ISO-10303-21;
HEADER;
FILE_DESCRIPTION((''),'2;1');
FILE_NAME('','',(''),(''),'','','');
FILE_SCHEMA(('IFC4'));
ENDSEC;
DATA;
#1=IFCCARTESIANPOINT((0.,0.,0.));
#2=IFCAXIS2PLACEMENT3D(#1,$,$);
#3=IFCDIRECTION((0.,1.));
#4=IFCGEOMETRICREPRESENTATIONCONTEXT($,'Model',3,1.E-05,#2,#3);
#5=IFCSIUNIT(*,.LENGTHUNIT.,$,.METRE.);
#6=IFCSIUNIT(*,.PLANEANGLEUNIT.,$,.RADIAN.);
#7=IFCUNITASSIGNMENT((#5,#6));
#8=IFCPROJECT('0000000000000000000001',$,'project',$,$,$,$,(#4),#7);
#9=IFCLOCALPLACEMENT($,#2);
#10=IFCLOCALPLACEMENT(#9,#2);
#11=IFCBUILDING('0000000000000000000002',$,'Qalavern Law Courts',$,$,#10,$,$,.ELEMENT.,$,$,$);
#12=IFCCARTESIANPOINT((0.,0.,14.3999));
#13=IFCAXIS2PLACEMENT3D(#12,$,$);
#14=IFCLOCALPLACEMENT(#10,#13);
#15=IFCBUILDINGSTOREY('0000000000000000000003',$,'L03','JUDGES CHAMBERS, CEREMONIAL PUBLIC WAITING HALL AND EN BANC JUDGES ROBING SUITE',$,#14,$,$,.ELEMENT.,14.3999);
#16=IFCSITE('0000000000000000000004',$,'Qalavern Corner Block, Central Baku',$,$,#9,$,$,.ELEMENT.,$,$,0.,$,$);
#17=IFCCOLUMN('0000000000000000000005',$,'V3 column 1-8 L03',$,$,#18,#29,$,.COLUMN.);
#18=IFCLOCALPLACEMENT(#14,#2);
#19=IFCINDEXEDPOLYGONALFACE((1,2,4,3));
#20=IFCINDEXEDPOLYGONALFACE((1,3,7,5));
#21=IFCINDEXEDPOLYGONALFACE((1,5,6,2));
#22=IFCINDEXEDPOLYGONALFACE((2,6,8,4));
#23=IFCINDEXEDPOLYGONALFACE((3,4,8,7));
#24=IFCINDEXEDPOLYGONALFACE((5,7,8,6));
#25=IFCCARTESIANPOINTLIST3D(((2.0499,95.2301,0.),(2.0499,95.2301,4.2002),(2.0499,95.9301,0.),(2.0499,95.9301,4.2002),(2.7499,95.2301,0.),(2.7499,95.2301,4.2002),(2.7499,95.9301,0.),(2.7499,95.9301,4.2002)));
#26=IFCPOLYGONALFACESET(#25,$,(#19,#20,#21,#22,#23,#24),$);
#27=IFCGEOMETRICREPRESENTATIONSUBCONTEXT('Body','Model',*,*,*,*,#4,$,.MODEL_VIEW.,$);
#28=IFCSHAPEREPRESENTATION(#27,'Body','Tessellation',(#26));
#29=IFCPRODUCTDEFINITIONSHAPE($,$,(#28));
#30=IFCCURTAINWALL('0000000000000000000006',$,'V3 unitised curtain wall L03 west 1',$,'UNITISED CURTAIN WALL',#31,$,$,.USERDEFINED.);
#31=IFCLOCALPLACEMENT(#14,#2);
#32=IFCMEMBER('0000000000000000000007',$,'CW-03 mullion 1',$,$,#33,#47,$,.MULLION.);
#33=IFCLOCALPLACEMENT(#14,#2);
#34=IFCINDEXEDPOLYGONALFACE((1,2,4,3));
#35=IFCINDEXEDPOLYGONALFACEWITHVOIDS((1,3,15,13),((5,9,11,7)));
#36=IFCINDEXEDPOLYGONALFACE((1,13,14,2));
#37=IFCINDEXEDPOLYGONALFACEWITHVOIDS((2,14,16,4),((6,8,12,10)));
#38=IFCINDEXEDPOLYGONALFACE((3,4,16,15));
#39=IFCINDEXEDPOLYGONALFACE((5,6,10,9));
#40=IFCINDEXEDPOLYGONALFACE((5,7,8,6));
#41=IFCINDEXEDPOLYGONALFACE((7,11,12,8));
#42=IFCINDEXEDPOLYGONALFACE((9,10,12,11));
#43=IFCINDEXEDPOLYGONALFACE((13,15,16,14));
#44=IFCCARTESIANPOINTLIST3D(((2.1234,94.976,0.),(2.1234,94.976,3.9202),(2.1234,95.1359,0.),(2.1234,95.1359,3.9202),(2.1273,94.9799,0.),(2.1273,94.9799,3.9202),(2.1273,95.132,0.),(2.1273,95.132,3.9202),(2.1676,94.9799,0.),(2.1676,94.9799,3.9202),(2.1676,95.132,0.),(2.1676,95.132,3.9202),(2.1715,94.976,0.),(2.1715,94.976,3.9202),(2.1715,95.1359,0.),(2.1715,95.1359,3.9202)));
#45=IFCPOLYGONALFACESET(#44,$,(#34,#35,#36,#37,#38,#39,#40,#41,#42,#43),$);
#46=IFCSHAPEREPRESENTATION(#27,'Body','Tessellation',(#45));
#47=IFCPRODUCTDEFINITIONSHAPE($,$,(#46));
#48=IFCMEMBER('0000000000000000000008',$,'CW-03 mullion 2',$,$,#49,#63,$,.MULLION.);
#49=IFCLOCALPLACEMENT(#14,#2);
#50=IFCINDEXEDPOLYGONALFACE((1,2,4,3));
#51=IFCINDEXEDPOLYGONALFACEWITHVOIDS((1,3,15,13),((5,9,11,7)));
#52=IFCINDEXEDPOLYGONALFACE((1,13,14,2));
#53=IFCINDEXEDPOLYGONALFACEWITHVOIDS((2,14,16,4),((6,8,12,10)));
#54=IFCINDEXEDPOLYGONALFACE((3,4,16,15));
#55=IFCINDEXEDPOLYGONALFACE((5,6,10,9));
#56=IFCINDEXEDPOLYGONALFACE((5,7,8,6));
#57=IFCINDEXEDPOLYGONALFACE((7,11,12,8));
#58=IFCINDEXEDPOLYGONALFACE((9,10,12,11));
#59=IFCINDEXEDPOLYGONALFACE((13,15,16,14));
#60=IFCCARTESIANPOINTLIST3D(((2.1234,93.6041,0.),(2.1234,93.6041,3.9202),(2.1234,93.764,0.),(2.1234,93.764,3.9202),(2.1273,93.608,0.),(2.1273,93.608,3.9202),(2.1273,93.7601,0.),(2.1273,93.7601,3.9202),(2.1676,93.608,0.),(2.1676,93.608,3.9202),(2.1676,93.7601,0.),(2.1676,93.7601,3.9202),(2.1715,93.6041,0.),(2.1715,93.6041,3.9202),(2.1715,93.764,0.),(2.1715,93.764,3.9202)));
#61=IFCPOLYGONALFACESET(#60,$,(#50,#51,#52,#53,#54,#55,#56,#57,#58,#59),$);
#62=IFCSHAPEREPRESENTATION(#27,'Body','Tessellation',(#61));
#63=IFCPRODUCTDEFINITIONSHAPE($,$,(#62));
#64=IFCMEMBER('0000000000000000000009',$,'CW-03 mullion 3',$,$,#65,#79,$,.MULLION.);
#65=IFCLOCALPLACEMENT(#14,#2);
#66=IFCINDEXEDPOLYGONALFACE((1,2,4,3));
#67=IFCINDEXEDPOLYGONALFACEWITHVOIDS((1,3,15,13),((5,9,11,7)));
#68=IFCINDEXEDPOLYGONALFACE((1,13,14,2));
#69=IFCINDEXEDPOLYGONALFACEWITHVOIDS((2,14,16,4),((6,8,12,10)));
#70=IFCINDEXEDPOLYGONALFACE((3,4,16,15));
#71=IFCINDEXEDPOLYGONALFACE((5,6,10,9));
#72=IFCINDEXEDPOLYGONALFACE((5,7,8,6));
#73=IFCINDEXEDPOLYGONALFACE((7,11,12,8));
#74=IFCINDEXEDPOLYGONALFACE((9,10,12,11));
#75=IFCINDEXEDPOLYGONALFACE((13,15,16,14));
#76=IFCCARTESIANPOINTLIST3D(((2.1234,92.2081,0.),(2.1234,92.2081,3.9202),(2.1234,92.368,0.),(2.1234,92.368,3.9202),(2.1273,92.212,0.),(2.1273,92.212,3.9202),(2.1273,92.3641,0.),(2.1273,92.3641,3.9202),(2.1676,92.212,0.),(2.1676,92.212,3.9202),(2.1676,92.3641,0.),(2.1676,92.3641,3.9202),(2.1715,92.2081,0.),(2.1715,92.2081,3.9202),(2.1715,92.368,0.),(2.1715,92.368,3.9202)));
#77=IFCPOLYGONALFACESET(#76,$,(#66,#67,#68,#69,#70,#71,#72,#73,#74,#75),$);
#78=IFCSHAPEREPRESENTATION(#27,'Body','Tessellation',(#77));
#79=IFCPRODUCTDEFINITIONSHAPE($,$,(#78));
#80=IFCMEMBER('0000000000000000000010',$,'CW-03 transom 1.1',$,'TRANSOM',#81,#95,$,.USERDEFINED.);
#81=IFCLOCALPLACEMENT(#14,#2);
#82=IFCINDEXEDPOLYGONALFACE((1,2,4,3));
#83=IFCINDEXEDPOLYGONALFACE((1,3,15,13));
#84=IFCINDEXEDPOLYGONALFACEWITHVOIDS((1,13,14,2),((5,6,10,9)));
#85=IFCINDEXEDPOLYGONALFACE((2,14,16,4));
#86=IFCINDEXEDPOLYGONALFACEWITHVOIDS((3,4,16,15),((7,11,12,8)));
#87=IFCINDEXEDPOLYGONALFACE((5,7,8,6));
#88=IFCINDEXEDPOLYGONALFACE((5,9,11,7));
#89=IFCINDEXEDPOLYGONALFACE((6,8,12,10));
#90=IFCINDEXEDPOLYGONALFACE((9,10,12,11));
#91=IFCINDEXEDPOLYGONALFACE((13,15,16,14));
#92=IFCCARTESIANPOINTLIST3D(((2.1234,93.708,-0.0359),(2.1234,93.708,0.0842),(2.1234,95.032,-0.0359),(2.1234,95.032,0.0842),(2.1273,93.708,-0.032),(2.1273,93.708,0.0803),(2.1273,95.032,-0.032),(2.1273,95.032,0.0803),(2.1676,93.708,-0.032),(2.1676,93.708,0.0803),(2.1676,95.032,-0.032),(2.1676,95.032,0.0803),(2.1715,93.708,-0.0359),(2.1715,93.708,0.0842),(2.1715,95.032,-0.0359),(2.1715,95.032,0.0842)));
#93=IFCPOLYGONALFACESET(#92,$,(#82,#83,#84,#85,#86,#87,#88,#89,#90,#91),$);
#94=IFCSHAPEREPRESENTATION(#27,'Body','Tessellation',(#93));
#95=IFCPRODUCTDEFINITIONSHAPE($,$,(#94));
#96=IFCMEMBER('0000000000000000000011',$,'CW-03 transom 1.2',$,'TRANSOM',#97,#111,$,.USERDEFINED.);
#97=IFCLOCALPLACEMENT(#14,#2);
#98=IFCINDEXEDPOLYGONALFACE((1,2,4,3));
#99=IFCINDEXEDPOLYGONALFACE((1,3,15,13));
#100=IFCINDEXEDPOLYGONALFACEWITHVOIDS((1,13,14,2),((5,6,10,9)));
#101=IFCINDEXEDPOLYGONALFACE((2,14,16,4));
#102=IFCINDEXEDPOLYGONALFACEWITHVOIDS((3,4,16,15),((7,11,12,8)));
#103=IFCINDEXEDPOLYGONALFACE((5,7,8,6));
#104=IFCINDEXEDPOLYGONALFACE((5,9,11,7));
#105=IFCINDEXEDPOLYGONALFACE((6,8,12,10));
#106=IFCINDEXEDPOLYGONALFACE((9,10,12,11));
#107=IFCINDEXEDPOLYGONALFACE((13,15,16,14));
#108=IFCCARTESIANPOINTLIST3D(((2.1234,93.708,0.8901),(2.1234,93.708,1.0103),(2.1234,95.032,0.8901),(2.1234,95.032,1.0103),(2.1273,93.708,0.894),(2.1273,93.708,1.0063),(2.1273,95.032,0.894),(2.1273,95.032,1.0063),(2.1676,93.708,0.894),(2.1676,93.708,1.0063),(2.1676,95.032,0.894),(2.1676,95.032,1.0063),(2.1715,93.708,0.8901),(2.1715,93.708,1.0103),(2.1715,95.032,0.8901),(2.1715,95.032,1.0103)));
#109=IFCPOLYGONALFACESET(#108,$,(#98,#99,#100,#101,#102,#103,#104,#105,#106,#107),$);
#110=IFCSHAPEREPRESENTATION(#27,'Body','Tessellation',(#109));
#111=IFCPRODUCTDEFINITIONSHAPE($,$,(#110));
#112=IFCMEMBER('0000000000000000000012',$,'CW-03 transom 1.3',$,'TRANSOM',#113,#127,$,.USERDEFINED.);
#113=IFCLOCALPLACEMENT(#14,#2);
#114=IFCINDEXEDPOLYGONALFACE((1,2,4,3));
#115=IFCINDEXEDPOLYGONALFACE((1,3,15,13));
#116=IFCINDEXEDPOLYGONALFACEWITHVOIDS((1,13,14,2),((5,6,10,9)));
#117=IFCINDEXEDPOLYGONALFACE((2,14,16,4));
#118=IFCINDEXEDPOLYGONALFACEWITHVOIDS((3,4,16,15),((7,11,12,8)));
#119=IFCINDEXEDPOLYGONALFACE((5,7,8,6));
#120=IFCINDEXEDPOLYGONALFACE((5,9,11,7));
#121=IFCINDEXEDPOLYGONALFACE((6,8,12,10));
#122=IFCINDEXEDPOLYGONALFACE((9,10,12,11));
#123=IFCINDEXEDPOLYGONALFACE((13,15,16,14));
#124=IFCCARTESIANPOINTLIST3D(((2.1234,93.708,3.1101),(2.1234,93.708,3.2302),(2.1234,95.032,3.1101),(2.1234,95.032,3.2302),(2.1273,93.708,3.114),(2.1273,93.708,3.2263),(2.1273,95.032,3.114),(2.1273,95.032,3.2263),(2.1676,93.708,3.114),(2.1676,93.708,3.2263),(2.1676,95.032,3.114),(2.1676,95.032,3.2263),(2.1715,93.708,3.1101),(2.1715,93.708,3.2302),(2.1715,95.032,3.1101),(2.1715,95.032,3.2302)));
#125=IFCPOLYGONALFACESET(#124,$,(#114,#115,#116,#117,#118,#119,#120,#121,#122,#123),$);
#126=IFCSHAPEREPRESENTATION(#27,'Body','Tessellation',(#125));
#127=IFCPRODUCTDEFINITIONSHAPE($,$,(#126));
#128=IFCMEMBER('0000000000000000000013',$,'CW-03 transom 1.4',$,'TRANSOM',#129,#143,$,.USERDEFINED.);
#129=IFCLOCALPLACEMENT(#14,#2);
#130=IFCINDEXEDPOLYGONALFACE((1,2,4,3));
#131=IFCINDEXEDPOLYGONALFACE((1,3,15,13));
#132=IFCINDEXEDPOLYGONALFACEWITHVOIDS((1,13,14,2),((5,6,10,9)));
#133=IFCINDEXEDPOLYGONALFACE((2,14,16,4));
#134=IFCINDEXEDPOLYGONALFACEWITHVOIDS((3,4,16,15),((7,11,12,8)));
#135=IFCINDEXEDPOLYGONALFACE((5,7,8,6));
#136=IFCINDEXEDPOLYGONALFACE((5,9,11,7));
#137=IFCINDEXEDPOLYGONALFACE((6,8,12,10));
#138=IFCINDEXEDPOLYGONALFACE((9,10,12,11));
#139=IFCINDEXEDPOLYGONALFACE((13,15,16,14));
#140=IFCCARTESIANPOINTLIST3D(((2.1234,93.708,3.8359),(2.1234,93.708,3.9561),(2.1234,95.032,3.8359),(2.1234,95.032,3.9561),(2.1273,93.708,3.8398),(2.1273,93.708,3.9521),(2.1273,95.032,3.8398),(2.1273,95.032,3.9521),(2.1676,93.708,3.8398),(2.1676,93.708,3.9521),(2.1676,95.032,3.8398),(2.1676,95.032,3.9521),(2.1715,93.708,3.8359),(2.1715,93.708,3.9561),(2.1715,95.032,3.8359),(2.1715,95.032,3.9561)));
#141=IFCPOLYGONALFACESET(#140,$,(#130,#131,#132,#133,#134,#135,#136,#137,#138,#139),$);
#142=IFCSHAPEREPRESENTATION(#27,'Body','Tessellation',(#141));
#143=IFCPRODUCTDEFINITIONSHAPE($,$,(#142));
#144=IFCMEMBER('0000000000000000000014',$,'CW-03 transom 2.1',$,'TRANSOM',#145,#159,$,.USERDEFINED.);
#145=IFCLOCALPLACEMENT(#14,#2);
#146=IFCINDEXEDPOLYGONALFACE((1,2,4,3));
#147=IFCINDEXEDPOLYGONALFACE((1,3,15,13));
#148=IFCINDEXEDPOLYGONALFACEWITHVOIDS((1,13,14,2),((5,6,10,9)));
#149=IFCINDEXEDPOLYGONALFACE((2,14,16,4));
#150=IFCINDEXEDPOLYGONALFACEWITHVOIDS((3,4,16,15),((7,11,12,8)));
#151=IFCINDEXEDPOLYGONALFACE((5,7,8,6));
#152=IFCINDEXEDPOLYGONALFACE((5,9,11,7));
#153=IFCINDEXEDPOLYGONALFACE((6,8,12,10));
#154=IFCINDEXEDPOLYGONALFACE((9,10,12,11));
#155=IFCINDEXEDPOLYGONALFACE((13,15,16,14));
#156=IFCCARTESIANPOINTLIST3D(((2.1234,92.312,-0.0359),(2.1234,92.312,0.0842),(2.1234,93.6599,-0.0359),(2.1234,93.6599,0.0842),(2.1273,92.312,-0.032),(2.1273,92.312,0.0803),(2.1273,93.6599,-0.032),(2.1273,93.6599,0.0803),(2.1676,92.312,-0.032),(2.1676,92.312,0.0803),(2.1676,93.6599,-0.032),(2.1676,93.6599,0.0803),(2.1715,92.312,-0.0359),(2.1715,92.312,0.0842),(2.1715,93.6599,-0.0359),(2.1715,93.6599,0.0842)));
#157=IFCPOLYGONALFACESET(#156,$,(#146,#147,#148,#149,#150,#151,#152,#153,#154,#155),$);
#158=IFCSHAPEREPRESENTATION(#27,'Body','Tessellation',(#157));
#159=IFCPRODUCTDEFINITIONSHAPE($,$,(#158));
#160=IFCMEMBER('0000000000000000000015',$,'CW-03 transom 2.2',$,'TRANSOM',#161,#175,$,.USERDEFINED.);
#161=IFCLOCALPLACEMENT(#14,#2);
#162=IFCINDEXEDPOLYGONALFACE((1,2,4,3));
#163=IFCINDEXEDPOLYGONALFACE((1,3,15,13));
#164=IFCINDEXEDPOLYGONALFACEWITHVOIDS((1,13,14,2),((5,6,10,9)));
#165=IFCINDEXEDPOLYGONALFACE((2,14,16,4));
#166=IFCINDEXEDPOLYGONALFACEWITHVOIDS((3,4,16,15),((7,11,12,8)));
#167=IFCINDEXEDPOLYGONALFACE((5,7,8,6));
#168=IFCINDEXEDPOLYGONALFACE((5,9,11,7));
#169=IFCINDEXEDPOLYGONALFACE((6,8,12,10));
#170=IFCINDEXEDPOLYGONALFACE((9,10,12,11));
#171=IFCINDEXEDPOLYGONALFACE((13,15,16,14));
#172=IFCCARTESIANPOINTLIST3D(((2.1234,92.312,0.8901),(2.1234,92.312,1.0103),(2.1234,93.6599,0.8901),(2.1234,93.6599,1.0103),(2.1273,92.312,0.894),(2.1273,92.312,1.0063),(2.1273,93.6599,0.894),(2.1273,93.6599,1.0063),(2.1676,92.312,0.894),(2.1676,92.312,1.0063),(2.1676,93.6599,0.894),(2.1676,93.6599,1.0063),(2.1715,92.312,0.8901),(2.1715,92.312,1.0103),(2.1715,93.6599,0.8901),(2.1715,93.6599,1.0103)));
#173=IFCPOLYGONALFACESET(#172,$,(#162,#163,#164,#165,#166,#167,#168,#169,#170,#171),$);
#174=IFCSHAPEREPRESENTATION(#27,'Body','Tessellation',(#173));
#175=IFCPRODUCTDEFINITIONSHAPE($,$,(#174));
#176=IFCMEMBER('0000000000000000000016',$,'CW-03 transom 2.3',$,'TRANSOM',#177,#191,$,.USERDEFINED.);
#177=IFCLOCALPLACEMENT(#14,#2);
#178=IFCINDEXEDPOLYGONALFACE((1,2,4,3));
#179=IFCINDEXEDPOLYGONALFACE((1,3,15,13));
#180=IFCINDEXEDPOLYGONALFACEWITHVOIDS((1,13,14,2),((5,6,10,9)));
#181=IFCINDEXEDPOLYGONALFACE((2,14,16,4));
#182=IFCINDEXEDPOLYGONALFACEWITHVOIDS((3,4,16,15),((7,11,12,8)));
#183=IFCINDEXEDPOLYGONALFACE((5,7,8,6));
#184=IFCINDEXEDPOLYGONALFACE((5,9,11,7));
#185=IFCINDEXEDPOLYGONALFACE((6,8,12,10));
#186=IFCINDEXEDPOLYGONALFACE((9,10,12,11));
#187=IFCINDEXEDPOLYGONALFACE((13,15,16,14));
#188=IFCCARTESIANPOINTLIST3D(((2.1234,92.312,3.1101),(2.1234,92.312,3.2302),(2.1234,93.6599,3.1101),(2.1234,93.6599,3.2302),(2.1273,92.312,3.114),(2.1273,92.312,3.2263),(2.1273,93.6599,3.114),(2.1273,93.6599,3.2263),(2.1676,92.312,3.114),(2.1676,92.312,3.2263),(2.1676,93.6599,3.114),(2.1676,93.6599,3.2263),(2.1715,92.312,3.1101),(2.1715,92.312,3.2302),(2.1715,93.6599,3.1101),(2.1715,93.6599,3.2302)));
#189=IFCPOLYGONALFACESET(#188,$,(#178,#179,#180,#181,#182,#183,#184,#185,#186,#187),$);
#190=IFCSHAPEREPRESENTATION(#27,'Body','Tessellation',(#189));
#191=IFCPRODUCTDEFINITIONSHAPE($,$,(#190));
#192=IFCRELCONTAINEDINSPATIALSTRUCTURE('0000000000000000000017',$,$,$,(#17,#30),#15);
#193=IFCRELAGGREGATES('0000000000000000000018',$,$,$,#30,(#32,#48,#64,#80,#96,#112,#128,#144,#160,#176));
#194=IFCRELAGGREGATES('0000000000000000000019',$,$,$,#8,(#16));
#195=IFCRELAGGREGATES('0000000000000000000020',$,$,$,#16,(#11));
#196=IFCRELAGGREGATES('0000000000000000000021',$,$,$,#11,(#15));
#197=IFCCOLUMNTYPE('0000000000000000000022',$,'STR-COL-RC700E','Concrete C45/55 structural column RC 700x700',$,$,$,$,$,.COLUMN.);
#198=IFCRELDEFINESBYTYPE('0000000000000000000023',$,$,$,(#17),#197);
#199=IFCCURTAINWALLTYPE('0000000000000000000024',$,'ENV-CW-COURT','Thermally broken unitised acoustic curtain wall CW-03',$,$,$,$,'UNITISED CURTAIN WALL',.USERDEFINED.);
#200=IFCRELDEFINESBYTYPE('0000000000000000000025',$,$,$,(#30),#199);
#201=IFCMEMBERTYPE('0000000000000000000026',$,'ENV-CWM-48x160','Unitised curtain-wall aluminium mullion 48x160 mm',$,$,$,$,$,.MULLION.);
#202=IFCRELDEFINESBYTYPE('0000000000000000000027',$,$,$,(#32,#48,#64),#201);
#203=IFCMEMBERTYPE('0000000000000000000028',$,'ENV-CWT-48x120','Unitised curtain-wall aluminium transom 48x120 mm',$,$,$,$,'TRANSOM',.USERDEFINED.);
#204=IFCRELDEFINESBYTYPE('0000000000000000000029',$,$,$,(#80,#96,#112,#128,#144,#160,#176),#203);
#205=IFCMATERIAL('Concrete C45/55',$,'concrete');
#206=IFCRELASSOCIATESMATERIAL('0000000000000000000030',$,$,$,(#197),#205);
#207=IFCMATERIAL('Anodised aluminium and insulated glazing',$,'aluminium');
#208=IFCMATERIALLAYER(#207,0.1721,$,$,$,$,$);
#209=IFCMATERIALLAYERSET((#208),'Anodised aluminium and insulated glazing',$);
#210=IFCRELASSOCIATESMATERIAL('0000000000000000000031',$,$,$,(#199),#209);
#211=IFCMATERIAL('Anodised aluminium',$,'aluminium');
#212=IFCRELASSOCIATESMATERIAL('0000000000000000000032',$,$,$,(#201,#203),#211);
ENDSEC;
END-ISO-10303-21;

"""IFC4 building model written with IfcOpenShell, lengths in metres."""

from ifc_helpers import new_model, si_unit, direction, frame, origin, origin_2d, place, context, subcontext, project, spatial, rectangle, hollow_rectangle, extrude, material, layer, layer_set, material_profile, profile_set, type_object, element, aggregate, save


model = new_model("IFC4")

# Units and contexts
model_context = context("Model", 3, precision=1e-05, world=origin(), true_north=direction((0.0, 1.0)))
body_context = subcontext(model_context, "Body", "Model", "MODEL_VIEW")
ifc_project = project(units=[si_unit("LENGTHUNIT", "METRE"), si_unit("PLANEANGLEUNIT", "RADIAN")], contexts=[model_context])

# Site, building, storey
site_placement = place(None, origin())
site = spatial("IfcSite", under=ifc_project, at=site_placement, Name="Qalavern Corner Block, Central Baku", CompositionType="ELEMENT", RefElevation=0.0)
building_placement = place(site_placement, origin())
building = spatial("IfcBuilding", under=site, at=building_placement, Name="Qalavern Law Courts", CompositionType="ELEMENT")
storey_placement = place(building_placement, frame((0.0, 0.0, 14.3999)))
storey = spatial("IfcBuildingStorey", under=building, at=storey_placement, Name="L03", Description="JUDGES CHAMBERS, CEREMONIAL PUBLIC WAITING HALL AND EN BANC JUDGES ROBING SUITE", CompositionType="ELEMENT", Elevation=14.3999)

# Column
ifc_material_1 = material(Name="Concrete C45/55", Category="concrete")
ifc_material_profile_1 = material_profile(ifc_material_1, rectangle(XDim=0.7, YDim=0.7, at=origin_2d()), Name="RC 700x700")
ifc_profile_set_1 = profile_set([ifc_material_profile_1], Name="Concrete C45/55")
column_type = type_object("IfcColumnType", Name="STR-COL-RC700E", Description="Concrete C45/55 structural column RC 700x700", PredefinedType="COLUMN", material=ifc_profile_set_1)
column_placement = place(storey_placement, frame((2.3999, 95.5801, 0.0), z_axis=(0.0, 0.0, 1.0), x_axis=(1.0, 0.0, 0.0)))
element("IfcColumn", 1, at=column_placement, inside=storey, type_object=column_type, Name="V3 column 1-8 L03", PredefinedType="COLUMN", context=body_context, shape_type="SweptSolid", body=[
    extrude(rectangle(XDim=0.7, YDim=0.7, at=origin_2d()), origin(), (0.0, 0.0, 1.0), 4.2002),
])

# Curtain wall, members
ifc_material_2 = material(Name="Anodised aluminium and insulated glazing", Category="aluminium")
ifc_layer_1 = layer(ifc_material_2, 0.1721)
ifc_layer_set_1 = layer_set([ifc_layer_1], Name="Anodised aluminium and insulated glazing")
curtain_wall_type = type_object("IfcCurtainWallType", Name="ENV-CW-COURT", Description="Thermally broken unitised acoustic curtain wall CW-03", ElementType="UNITISED CURTAIN WALL", PredefinedType="USERDEFINED", material=ifc_layer_set_1)
curtain_wall_placement = place(storey_placement, origin())
curtain_wall = element("IfcCurtainWall", 2, at=curtain_wall_placement, inside=storey, type_object=curtain_wall_type, Name="V3 unitised curtain wall L03 west 1", ObjectType="UNITISED CURTAIN WALL", PredefinedType="USERDEFINED")
ifc_material_3 = material(Name="Anodised aluminium", Category="aluminium")
ifc_material_profile_2 = material_profile(ifc_material_3, hollow_rectangle(XDim=0.0481, YDim=0.1599, WallThickness=0.0039, at=origin_2d()), Name="ALU MULLION 48x160")
ifc_profile_set_2 = profile_set([ifc_material_profile_2], Name="Anodised aluminium")
member_type_1 = type_object("IfcMemberType", Name="ENV-CWM-48x160", Description="Unitised curtain-wall aluminium mullion 48x160 mm", PredefinedType="MULLION", material=ifc_profile_set_2)
member_1_placement = place(storey_placement, frame((2.1475, 95.0559, 0.0), z_axis=(0.0, 0.0, 1.0), x_axis=(1.0, 0.0, 0.0)))
member_1 = element("IfcMember", 3, at=member_1_placement, type_object=member_type_1, Name="CW-03 mullion 1", PredefinedType="MULLION", context=body_context, shape_type="SweptSolid", body=[
    extrude(hollow_rectangle(XDim=0.0481, YDim=0.1599, WallThickness=0.0039, at=origin_2d()), origin(), (0.0, 0.0, 1.0), 3.9202),
])
member_2_placement = place(storey_placement, frame((2.1475, 93.6841, 0.0), z_axis=(0.0, 0.0, 1.0), x_axis=(1.0, 0.0, 0.0)))
member_2 = element("IfcMember", 4, at=member_2_placement, type_object=member_type_1, Name="CW-03 mullion 2", PredefinedType="MULLION", context=body_context, shape_type="SweptSolid", body=[
    extrude(hollow_rectangle(XDim=0.0481, YDim=0.1599, WallThickness=0.0039, at=origin_2d()), origin(), (0.0, 0.0, 1.0), 3.9202),
])
member_3_placement = place(storey_placement, frame((2.1475, 92.2881, 0.0), z_axis=(0.0, 0.0, 1.0), x_axis=(1.0, 0.0, 0.0)))
member_3 = element("IfcMember", 5, at=member_3_placement, type_object=member_type_1, Name="CW-03 mullion 3", PredefinedType="MULLION", context=body_context, shape_type="SweptSolid", body=[
    extrude(hollow_rectangle(XDim=0.0481, YDim=0.1599, WallThickness=0.0039, at=origin_2d()), origin(), (0.0, 0.0, 1.0), 3.9202),
])
ifc_material_profile_3 = material_profile(ifc_material_3, hollow_rectangle(XDim=0.0481, YDim=0.1201, WallThickness=0.0039, at=origin_2d()), Name="ALU TRANSOM 48x120")
ifc_profile_set_3 = profile_set([ifc_material_profile_3], Name="Anodised aluminium")
member_type_2 = type_object("IfcMemberType", Name="ENV-CWT-48x120", Description="Unitised curtain-wall aluminium transom 48x120 mm", ElementType="TRANSOM", PredefinedType="USERDEFINED", material=ifc_profile_set_3)
member_4_placement = place(storey_placement, frame((2.1475, 95.032, 0.0242), z_axis=(0.0, -1.0, 0.0), x_axis=(1.0, 0.0, 0.0)))
member_4 = element("IfcMember", 6, at=member_4_placement, type_object=member_type_2, Name="CW-03 transom 1.1", ObjectType="TRANSOM", PredefinedType="USERDEFINED", context=body_context, shape_type="SweptSolid", body=[
    extrude(hollow_rectangle(XDim=0.0481, YDim=0.1201, WallThickness=0.0039, at=origin_2d()), origin(), (0.0, 0.0, 1.0), 1.324),
])
member_5_placement = place(storey_placement, frame((2.1475, 95.032, 0.9502), z_axis=(0.0, -1.0, 0.0), x_axis=(1.0, 0.0, 0.0)))
member_5 = element("IfcMember", 7, at=member_5_placement, type_object=member_type_2, Name="CW-03 transom 1.2", ObjectType="TRANSOM", PredefinedType="USERDEFINED", context=body_context, shape_type="SweptSolid", body=[
    extrude(hollow_rectangle(XDim=0.0481, YDim=0.1201, WallThickness=0.0039, at=origin_2d()), origin(), (0.0, 0.0, 1.0), 1.324),
])
member_6_placement = place(storey_placement, frame((2.1475, 95.032, 3.1702), z_axis=(0.0, -1.0, 0.0), x_axis=(1.0, 0.0, 0.0)))
member_6 = element("IfcMember", 8, at=member_6_placement, type_object=member_type_2, Name="CW-03 transom 1.3", ObjectType="TRANSOM", PredefinedType="USERDEFINED", context=body_context, shape_type="SweptSolid", body=[
    extrude(hollow_rectangle(XDim=0.0481, YDim=0.1201, WallThickness=0.0039, at=origin_2d()), origin(), (0.0, 0.0, 1.0), 1.324),
])
member_7_placement = place(storey_placement, frame((2.1475, 95.032, 3.896), z_axis=(0.0, -1.0, 0.0), x_axis=(1.0, 0.0, 0.0)))
member_7 = element("IfcMember", 9, at=member_7_placement, type_object=member_type_2, Name="CW-03 transom 1.4", ObjectType="TRANSOM", PredefinedType="USERDEFINED", context=body_context, shape_type="SweptSolid", body=[
    extrude(hollow_rectangle(XDim=0.0481, YDim=0.1201, WallThickness=0.0039, at=origin_2d()), origin(), (0.0, 0.0, 1.0), 1.324),
])
member_8_placement = place(storey_placement, frame((2.1475, 93.6599, 0.0242), z_axis=(0.0, -1.0, 0.0), x_axis=(1.0, 0.0, 0.0)))
member_8 = element("IfcMember", 10, at=member_8_placement, type_object=member_type_2, Name="CW-03 transom 2.1", ObjectType="TRANSOM", PredefinedType="USERDEFINED", context=body_context, shape_type="SweptSolid", body=[
    extrude(hollow_rectangle(XDim=0.0481, YDim=0.1201, WallThickness=0.0039, at=origin_2d()), origin(), (0.0, 0.0, 1.0), 1.3479),
])
member_9_placement = place(storey_placement, frame((2.1475, 93.6599, 0.9502), z_axis=(0.0, -1.0, 0.0), x_axis=(1.0, 0.0, 0.0)))
member_9 = element("IfcMember", 11, at=member_9_placement, type_object=member_type_2, Name="CW-03 transom 2.2", ObjectType="TRANSOM", PredefinedType="USERDEFINED", context=body_context, shape_type="SweptSolid", body=[
    extrude(hollow_rectangle(XDim=0.0481, YDim=0.1201, WallThickness=0.0039, at=origin_2d()), origin(), (0.0, 0.0, 1.0), 1.3479),
])
member_10_placement = place(storey_placement, frame((2.1475, 93.6599, 3.1702), z_axis=(0.0, -1.0, 0.0), x_axis=(1.0, 0.0, 0.0)))
member_10 = element("IfcMember", 12, at=member_10_placement, type_object=member_type_2, Name="CW-03 transom 2.3", ObjectType="TRANSOM", PredefinedType="USERDEFINED", context=body_context, shape_type="SweptSolid", body=[
    extrude(hollow_rectangle(XDim=0.0481, YDim=0.1201, WallThickness=0.0039, at=origin_2d()), origin(), (0.0, 0.0, 1.0), 1.3479),
])

aggregate(curtain_wall, [member_1, member_2, member_3, member_4, member_5, member_6, member_7, member_8, member_9, member_10])

save(model, "model.ifc")
